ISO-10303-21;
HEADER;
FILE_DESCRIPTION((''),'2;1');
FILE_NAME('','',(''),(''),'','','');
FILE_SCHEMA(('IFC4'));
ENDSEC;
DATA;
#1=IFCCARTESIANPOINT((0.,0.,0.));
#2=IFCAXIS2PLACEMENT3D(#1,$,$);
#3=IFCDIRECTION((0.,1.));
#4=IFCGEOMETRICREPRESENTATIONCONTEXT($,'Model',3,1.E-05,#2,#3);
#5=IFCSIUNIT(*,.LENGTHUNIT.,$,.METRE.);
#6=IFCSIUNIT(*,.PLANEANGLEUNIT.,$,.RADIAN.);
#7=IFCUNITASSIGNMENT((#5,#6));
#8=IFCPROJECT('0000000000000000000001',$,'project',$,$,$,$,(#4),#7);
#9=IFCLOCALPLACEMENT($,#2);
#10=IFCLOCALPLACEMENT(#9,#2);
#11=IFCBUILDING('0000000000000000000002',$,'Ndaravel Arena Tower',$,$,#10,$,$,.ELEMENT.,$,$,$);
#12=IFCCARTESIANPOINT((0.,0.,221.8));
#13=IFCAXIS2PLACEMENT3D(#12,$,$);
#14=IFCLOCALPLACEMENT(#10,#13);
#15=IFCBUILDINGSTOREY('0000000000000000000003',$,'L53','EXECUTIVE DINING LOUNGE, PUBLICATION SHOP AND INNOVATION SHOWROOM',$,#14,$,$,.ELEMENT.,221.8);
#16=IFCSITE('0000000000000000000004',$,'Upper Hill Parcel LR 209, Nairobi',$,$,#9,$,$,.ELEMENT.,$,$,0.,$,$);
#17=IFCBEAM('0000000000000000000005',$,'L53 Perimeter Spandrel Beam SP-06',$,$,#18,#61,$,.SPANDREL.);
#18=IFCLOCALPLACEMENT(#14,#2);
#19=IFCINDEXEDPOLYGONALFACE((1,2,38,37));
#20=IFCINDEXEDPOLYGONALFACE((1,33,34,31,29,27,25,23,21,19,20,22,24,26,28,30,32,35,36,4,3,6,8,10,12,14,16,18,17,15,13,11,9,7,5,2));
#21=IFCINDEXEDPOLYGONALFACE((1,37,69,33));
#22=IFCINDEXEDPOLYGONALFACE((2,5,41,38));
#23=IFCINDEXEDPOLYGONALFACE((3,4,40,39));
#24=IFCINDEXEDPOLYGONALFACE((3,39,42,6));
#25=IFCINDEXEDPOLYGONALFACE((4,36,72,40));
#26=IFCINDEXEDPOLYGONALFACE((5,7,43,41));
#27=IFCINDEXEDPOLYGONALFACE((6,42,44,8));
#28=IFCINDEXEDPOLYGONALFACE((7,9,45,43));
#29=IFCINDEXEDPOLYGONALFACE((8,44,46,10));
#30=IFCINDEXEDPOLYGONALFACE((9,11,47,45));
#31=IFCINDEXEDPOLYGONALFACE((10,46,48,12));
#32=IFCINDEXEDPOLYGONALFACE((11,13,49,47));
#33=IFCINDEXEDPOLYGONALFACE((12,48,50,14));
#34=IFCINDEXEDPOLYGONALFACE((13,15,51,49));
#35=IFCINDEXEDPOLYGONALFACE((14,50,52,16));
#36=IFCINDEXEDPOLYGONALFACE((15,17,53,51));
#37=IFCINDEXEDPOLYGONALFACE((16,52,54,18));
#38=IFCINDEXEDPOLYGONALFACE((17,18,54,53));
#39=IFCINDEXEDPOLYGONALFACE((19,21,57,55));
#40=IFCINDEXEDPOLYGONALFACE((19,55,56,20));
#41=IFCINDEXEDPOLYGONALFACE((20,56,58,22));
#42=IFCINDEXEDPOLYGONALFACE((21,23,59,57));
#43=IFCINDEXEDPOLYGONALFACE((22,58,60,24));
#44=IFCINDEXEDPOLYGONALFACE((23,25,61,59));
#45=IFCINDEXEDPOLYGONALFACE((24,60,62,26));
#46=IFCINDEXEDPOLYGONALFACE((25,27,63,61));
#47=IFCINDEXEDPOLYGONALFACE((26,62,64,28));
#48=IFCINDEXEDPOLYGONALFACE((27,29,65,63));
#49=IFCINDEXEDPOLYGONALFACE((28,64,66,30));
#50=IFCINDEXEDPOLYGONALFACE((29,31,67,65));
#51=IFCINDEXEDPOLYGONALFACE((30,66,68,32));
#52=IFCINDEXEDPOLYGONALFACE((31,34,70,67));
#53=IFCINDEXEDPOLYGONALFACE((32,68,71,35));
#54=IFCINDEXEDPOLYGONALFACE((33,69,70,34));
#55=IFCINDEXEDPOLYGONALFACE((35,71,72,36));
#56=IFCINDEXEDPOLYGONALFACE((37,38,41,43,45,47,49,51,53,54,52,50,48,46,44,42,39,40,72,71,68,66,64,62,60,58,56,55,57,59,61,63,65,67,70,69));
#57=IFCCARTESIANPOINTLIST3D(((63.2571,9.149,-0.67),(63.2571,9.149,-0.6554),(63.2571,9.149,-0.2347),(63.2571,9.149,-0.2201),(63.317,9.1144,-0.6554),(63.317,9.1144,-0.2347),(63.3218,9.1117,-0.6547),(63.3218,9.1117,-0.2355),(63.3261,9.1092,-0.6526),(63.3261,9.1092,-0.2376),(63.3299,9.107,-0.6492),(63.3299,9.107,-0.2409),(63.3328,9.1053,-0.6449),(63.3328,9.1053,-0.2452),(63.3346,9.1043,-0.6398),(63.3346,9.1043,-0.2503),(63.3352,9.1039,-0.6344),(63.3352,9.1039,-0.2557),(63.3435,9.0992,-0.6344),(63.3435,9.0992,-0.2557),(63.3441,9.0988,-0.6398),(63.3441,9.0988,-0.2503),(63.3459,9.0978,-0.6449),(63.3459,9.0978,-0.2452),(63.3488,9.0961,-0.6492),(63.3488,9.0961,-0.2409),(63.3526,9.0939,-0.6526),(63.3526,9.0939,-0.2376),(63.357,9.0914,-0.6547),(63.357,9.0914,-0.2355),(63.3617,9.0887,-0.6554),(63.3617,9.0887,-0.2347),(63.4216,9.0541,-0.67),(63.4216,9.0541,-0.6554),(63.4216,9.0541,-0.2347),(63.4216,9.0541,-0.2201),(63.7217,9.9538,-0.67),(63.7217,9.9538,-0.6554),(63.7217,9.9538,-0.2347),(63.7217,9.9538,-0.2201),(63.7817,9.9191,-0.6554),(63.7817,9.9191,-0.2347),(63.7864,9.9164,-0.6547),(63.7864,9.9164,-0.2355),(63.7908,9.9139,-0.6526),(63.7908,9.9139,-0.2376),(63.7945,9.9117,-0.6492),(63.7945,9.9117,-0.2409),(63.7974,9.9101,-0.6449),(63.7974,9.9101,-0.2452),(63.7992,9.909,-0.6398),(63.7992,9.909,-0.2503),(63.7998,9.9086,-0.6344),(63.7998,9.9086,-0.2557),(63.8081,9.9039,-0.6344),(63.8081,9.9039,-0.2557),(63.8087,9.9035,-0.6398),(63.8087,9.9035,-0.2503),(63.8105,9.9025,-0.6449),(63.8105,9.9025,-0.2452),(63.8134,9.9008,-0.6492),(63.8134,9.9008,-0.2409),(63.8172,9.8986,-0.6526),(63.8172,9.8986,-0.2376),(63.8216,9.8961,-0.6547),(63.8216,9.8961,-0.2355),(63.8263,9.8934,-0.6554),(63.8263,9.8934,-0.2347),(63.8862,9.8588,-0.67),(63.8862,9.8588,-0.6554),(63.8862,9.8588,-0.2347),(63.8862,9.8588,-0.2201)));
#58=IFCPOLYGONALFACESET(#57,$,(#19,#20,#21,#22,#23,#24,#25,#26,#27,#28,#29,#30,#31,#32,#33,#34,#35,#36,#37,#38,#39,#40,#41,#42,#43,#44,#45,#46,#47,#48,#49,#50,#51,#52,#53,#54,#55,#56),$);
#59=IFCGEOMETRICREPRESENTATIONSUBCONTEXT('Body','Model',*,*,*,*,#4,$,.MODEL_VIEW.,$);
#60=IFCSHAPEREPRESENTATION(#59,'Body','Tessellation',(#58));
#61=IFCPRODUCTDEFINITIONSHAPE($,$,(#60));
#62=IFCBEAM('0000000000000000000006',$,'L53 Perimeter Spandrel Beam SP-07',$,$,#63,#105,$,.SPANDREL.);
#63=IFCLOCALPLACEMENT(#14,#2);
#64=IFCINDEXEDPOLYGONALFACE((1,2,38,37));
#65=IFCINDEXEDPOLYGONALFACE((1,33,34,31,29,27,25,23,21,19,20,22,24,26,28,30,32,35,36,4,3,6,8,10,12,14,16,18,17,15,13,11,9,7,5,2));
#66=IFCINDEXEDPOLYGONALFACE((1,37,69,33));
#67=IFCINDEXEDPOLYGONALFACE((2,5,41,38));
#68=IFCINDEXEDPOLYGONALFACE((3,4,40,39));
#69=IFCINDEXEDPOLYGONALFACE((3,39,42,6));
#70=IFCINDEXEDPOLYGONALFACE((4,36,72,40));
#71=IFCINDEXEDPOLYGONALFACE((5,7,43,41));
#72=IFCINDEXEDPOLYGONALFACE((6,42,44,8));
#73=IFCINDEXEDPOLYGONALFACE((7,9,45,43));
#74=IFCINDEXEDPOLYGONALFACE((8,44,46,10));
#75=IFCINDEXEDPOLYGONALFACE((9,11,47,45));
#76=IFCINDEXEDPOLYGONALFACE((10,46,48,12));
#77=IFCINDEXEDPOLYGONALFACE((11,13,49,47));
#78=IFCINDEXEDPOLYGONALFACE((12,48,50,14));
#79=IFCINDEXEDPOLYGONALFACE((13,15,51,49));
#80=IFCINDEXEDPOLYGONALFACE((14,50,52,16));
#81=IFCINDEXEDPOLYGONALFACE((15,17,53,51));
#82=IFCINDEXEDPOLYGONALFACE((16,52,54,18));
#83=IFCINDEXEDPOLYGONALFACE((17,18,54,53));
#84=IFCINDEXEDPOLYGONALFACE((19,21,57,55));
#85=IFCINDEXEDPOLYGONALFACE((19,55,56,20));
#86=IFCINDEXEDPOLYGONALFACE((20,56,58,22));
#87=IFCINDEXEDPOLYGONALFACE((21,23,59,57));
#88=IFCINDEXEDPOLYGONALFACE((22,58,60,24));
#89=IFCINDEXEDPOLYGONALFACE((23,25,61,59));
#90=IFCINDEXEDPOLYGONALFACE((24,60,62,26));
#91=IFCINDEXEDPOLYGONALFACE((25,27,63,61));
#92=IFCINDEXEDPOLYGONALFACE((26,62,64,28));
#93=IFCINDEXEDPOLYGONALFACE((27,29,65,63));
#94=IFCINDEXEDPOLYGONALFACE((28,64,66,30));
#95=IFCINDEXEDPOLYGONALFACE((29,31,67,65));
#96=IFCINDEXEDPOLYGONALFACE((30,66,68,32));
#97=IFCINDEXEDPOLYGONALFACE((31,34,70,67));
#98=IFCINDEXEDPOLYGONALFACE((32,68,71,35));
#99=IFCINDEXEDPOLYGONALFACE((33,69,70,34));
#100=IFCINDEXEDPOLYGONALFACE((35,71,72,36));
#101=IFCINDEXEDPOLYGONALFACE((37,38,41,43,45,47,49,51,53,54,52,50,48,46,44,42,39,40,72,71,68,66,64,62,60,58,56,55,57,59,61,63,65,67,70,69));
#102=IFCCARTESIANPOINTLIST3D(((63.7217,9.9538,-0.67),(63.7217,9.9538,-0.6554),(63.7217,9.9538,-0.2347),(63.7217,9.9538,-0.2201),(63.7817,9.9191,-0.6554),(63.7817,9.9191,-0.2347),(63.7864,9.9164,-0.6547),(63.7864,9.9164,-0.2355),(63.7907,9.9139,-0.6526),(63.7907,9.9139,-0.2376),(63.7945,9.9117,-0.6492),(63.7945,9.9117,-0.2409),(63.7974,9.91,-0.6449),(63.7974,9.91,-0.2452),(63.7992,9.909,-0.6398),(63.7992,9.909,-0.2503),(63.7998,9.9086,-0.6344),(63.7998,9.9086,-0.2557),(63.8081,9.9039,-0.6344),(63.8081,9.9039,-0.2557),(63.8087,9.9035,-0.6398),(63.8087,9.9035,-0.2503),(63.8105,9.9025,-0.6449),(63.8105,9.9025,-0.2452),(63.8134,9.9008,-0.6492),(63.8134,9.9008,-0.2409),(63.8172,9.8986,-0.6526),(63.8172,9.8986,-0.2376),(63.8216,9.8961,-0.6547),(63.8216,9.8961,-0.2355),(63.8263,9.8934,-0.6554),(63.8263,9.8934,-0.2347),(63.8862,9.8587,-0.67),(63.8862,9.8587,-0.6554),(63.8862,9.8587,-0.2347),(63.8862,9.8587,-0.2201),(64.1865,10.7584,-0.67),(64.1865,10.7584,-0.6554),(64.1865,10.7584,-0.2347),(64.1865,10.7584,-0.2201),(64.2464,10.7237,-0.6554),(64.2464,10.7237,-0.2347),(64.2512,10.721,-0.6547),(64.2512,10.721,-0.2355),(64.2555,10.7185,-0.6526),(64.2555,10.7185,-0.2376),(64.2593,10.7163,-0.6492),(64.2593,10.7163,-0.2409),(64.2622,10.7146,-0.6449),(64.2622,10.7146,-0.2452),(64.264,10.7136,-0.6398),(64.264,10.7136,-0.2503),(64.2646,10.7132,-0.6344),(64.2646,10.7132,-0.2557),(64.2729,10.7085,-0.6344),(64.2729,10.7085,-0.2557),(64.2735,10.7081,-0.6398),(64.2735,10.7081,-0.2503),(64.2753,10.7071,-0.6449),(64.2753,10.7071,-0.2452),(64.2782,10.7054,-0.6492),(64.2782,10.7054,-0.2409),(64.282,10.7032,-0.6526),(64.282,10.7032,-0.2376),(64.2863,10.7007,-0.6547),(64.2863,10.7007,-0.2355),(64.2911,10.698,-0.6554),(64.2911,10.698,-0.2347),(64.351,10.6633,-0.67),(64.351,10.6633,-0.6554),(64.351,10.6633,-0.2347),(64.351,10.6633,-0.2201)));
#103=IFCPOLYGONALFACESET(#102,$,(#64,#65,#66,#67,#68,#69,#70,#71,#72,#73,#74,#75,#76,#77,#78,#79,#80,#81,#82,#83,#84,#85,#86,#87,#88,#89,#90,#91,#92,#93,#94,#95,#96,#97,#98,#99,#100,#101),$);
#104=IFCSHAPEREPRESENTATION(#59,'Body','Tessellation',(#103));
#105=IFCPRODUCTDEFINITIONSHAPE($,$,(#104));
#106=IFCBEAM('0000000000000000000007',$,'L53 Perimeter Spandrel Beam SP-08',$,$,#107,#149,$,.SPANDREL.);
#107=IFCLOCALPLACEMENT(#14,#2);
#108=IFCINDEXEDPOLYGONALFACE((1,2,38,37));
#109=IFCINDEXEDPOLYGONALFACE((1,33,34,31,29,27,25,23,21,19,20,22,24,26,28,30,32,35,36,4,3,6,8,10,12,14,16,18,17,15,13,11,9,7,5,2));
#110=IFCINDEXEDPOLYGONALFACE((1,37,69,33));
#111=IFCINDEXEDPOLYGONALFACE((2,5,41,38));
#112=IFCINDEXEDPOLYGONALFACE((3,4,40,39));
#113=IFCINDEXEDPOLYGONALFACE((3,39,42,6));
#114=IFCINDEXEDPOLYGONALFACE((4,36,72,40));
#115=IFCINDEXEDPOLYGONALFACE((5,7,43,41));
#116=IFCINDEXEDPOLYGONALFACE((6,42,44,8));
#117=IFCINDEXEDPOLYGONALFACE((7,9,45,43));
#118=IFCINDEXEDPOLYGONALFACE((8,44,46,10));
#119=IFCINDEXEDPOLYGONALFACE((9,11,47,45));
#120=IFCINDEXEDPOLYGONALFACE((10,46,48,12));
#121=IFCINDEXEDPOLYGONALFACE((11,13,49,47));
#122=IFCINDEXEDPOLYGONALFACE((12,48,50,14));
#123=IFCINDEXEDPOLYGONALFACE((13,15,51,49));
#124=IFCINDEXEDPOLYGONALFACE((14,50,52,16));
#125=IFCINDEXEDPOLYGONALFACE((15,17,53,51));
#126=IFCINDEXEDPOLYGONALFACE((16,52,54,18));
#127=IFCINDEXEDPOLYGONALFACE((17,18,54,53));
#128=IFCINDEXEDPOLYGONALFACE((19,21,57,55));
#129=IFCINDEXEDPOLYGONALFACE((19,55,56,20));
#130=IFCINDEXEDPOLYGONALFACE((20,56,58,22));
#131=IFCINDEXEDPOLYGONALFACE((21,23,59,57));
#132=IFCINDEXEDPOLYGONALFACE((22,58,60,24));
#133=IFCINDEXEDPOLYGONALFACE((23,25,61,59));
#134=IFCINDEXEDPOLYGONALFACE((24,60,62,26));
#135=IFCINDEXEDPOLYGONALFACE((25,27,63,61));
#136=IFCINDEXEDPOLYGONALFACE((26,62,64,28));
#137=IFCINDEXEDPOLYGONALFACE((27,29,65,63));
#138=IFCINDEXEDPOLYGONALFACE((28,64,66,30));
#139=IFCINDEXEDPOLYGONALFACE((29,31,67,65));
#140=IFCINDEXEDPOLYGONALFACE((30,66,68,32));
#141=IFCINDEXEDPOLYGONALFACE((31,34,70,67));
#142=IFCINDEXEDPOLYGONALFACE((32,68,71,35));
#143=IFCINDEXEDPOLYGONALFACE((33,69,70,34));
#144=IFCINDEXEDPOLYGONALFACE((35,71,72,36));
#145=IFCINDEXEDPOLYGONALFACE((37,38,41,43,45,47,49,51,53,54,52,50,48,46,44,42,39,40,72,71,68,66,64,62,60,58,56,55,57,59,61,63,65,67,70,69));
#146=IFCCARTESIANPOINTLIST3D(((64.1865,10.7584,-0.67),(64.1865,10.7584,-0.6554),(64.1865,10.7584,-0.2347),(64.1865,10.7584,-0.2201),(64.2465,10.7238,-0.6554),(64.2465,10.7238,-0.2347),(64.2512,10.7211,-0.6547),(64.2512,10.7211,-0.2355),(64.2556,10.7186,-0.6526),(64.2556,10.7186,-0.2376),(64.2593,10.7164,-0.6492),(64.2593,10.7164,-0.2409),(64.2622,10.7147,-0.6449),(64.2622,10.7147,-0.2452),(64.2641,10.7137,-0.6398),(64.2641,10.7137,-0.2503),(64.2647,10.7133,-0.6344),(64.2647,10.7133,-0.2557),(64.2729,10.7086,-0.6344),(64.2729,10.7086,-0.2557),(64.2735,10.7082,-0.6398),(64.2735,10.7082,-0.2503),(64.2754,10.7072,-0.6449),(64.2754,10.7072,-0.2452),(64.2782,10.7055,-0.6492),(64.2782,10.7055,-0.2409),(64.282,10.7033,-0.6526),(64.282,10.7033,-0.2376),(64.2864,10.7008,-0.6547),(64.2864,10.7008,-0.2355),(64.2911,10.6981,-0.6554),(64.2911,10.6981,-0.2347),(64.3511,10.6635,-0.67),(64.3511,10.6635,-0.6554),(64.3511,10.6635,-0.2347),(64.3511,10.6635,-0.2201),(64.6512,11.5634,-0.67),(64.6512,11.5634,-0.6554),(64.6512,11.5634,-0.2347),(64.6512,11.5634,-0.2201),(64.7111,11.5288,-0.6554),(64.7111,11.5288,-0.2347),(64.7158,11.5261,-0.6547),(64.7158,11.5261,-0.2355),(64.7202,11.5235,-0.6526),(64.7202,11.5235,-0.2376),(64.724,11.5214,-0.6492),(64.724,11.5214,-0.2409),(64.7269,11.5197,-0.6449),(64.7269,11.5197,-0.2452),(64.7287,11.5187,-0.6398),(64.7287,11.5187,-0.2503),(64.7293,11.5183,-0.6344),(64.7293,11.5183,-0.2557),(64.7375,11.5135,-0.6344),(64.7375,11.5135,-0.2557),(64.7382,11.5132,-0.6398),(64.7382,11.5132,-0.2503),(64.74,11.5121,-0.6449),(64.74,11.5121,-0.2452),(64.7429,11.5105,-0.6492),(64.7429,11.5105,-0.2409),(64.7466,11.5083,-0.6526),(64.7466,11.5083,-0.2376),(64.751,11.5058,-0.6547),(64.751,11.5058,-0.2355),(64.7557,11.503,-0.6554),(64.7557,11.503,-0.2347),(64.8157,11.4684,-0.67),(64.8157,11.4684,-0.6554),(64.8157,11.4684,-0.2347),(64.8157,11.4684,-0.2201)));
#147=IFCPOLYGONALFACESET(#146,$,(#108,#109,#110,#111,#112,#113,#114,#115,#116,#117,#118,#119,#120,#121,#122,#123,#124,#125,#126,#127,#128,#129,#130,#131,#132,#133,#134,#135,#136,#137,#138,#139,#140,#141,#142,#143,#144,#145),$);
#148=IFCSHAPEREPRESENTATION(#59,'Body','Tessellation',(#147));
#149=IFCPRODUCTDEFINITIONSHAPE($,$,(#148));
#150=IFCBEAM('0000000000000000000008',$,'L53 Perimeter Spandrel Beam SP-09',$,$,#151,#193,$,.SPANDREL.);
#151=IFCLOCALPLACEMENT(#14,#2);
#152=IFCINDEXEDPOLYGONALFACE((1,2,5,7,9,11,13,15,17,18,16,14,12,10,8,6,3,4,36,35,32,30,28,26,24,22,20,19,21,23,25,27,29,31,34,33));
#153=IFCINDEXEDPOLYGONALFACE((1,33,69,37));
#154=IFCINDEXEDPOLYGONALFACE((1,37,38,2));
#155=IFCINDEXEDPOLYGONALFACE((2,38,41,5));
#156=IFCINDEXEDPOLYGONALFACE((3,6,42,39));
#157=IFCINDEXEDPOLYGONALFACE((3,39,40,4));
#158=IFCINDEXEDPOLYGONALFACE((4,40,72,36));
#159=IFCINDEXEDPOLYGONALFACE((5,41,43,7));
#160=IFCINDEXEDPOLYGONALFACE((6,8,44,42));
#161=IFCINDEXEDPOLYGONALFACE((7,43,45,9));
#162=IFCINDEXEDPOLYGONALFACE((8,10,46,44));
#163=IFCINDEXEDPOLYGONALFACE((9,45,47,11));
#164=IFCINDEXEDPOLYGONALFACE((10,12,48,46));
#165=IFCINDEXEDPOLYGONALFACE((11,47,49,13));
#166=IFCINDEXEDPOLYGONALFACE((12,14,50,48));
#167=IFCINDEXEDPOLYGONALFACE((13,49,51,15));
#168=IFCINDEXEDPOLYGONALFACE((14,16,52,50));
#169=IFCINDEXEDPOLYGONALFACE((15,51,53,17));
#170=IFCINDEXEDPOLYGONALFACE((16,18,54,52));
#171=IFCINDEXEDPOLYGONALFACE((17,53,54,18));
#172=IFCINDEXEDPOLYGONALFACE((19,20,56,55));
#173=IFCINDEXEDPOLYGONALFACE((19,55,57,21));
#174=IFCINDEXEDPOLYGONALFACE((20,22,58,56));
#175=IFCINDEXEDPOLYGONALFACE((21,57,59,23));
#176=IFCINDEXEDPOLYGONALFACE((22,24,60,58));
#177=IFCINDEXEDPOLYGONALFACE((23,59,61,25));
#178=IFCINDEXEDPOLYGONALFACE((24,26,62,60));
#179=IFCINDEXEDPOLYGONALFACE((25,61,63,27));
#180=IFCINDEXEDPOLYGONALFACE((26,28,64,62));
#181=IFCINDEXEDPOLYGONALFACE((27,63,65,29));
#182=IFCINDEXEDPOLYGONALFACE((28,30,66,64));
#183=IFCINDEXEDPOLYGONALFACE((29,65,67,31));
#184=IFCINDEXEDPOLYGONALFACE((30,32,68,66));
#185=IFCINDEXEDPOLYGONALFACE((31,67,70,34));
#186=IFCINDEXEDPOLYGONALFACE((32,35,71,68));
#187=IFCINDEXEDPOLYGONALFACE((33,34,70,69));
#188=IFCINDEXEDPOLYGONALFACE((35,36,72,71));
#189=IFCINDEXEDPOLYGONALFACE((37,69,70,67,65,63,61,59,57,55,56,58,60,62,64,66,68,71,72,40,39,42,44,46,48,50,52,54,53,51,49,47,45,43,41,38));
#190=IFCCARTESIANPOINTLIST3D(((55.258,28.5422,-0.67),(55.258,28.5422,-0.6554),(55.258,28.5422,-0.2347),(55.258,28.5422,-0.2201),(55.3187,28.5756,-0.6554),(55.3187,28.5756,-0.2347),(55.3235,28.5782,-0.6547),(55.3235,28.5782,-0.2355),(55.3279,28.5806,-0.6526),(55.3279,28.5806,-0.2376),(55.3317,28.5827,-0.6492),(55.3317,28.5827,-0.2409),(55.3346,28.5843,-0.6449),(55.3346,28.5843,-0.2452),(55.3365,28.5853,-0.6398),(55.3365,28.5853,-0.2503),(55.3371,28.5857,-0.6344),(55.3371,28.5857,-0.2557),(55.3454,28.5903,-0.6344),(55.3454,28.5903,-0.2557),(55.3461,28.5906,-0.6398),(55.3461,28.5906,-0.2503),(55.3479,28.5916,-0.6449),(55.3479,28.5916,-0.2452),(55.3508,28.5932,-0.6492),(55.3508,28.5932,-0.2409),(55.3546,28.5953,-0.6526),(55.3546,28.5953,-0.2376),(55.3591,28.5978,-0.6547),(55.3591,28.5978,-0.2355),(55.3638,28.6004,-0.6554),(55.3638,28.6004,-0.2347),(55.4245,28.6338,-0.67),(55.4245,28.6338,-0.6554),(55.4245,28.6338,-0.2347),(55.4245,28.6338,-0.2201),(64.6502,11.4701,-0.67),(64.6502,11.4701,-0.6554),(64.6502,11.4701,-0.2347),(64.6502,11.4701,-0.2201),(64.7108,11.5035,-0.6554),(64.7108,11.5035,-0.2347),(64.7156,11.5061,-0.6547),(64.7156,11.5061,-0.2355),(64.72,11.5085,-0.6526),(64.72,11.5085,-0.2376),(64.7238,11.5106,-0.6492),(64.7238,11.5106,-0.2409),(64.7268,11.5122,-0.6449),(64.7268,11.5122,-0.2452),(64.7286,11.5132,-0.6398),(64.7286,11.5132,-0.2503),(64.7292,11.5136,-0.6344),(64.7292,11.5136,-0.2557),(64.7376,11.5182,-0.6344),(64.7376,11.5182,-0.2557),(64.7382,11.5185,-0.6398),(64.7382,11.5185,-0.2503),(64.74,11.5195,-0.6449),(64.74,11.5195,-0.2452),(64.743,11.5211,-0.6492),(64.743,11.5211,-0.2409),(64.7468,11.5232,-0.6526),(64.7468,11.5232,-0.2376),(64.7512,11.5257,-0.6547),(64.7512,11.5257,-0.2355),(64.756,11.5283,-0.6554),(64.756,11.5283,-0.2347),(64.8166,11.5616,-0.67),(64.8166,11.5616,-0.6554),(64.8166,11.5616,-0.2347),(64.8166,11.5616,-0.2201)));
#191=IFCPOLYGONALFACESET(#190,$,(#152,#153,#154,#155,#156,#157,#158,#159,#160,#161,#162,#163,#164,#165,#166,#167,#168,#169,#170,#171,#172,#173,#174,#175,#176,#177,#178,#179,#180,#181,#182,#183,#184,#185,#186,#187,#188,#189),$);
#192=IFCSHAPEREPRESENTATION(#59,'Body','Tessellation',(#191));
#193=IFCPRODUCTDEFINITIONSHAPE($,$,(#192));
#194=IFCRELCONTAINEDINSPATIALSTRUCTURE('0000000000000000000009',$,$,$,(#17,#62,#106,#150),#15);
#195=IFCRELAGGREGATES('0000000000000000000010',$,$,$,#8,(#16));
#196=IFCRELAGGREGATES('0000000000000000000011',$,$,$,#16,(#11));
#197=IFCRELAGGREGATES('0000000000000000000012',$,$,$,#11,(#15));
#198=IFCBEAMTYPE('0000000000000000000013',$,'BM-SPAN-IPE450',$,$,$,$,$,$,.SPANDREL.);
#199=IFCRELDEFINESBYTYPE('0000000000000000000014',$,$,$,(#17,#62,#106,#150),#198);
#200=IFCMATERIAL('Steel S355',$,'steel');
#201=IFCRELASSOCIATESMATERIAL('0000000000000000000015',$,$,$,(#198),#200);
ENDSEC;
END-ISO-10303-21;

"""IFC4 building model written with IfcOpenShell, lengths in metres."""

from ifc_helpers import new_model, si_unit, direction, frame, origin, origin_2d, place, context, subcontext, project, spatial, i_section, extrude, material, material_profile, profile_set, type_object, element, save


model = new_model("IFC4")

# Units and contexts
model_context = context("Model", 3, precision=1e-05, world=origin(), true_north=direction((0.0, 1.0)))
body_context = subcontext(model_context, "Body", "Model", "MODEL_VIEW")
ifc_project = project(units=[si_unit("LENGTHUNIT", "METRE"), si_unit("PLANEANGLEUNIT", "RADIAN")], contexts=[model_context])

# Site, building, storey
site_placement = place(None, origin())
site = spatial("IfcSite", under=ifc_project, at=site_placement, Name="Upper Hill Parcel LR 209, Nairobi", CompositionType="ELEMENT", RefElevation=0.0)
building_placement = place(site_placement, origin())
building = spatial("IfcBuilding", under=site, at=building_placement, Name="Ndaravel Arena Tower", CompositionType="ELEMENT")
storey_placement = place(building_placement, frame((0.0, 0.0, 221.8)))
storey = spatial("IfcBuildingStorey", under=building, at=storey_placement, Name="L53", Description="EXECUTIVE DINING LOUNGE, PUBLICATION SHOP AND INNOVATION SHOWROOM", CompositionType="ELEMENT", Elevation=221.8)

# Beams
ifc_material_1 = material(Name="Steel S355", Category="steel")
ifc_material_profile_1 = material_profile(ifc_material_1, i_section(OverallWidth=0.1899, OverallDepth=0.45, WebThickness=0.0095, FlangeThickness=0.0146, FilletRadius=0.021, at=origin_2d()), Name="IPE 450")
ifc_profile_set_1 = profile_set([ifc_material_profile_1], Name="Steel S355")
beam_type = type_object("IfcBeamType", Name="BM-SPAN-IPE450", PredefinedType="SPANDREL", material=ifc_profile_set_1)
for number, where, z_axis, x_axis, name in (
    (1, (63.3394, 9.1016, -0.4451), (0.500011, 0.866019, 0.0), (-0.866019, 0.500011, 0.0), "L53 Perimeter Spandrel Beam SP-06"),
    (2, (63.804, 9.9062, -0.4451), (0.500208, 0.865906, 0.0), (-0.865906, 0.500208, 0.0), "L53 Perimeter Spandrel Beam SP-07"),
):
    element("IfcBeam", number, at=place(storey_placement, frame(where, z_axis=z_axis, x_axis=x_axis)), inside=storey, type_object=beam_type, Name=name, PredefinedType="SPANDREL", context=body_context, shape_type="SweptSolid", body=[
        extrude(i_section(OverallWidth=0.1899, OverallDepth=0.45, WebThickness=0.0095, FlangeThickness=0.0146, FilletRadius=0.021, at=origin_2d()), origin(), (0.0, 0.0, 1.0), 0.9292),
    ])
beam_1_placement = place(storey_placement, frame((64.2688, 10.7109, -0.4451), z_axis=(0.499897, 0.866085, 0.0), x_axis=(-0.866085, 0.499897, 0.0)))
element("IfcBeam", 3, at=beam_1_placement, inside=storey, type_object=beam_type, Name="L53 Perimeter Spandrel Beam SP-08", PredefinedType="SPANDREL", context=body_context, shape_type="SweptSolid", body=[
    extrude(i_section(OverallWidth=0.1899, OverallDepth=0.45, WebThickness=0.0095, FlangeThickness=0.0146, FilletRadius=0.021, at=origin_2d()), origin(), (0.0, 0.0, 1.0), 0.9294),
])
beam_2_placement = place(storey_placement, frame((64.7334, 11.5159, -0.4451), z_axis=(-0.482016, 0.876162, 0.0), x_axis=(-0.876162, -0.482016, 0.0)))
element("IfcBeam", 4, at=beam_2_placement, inside=storey, type_object=beam_type, Name="L53 Perimeter Spandrel Beam SP-09", PredefinedType="SPANDREL", context=body_context, shape_type="SweptSolid", body=[
    extrude(i_section(OverallWidth=0.1899, OverallDepth=0.45, WebThickness=0.0095, FlangeThickness=0.0146, FilletRadius=0.021, at=origin_2d()), origin(), (0.0, 0.0, 1.0), 19.4851),
])

save(model, "model.ifc")
